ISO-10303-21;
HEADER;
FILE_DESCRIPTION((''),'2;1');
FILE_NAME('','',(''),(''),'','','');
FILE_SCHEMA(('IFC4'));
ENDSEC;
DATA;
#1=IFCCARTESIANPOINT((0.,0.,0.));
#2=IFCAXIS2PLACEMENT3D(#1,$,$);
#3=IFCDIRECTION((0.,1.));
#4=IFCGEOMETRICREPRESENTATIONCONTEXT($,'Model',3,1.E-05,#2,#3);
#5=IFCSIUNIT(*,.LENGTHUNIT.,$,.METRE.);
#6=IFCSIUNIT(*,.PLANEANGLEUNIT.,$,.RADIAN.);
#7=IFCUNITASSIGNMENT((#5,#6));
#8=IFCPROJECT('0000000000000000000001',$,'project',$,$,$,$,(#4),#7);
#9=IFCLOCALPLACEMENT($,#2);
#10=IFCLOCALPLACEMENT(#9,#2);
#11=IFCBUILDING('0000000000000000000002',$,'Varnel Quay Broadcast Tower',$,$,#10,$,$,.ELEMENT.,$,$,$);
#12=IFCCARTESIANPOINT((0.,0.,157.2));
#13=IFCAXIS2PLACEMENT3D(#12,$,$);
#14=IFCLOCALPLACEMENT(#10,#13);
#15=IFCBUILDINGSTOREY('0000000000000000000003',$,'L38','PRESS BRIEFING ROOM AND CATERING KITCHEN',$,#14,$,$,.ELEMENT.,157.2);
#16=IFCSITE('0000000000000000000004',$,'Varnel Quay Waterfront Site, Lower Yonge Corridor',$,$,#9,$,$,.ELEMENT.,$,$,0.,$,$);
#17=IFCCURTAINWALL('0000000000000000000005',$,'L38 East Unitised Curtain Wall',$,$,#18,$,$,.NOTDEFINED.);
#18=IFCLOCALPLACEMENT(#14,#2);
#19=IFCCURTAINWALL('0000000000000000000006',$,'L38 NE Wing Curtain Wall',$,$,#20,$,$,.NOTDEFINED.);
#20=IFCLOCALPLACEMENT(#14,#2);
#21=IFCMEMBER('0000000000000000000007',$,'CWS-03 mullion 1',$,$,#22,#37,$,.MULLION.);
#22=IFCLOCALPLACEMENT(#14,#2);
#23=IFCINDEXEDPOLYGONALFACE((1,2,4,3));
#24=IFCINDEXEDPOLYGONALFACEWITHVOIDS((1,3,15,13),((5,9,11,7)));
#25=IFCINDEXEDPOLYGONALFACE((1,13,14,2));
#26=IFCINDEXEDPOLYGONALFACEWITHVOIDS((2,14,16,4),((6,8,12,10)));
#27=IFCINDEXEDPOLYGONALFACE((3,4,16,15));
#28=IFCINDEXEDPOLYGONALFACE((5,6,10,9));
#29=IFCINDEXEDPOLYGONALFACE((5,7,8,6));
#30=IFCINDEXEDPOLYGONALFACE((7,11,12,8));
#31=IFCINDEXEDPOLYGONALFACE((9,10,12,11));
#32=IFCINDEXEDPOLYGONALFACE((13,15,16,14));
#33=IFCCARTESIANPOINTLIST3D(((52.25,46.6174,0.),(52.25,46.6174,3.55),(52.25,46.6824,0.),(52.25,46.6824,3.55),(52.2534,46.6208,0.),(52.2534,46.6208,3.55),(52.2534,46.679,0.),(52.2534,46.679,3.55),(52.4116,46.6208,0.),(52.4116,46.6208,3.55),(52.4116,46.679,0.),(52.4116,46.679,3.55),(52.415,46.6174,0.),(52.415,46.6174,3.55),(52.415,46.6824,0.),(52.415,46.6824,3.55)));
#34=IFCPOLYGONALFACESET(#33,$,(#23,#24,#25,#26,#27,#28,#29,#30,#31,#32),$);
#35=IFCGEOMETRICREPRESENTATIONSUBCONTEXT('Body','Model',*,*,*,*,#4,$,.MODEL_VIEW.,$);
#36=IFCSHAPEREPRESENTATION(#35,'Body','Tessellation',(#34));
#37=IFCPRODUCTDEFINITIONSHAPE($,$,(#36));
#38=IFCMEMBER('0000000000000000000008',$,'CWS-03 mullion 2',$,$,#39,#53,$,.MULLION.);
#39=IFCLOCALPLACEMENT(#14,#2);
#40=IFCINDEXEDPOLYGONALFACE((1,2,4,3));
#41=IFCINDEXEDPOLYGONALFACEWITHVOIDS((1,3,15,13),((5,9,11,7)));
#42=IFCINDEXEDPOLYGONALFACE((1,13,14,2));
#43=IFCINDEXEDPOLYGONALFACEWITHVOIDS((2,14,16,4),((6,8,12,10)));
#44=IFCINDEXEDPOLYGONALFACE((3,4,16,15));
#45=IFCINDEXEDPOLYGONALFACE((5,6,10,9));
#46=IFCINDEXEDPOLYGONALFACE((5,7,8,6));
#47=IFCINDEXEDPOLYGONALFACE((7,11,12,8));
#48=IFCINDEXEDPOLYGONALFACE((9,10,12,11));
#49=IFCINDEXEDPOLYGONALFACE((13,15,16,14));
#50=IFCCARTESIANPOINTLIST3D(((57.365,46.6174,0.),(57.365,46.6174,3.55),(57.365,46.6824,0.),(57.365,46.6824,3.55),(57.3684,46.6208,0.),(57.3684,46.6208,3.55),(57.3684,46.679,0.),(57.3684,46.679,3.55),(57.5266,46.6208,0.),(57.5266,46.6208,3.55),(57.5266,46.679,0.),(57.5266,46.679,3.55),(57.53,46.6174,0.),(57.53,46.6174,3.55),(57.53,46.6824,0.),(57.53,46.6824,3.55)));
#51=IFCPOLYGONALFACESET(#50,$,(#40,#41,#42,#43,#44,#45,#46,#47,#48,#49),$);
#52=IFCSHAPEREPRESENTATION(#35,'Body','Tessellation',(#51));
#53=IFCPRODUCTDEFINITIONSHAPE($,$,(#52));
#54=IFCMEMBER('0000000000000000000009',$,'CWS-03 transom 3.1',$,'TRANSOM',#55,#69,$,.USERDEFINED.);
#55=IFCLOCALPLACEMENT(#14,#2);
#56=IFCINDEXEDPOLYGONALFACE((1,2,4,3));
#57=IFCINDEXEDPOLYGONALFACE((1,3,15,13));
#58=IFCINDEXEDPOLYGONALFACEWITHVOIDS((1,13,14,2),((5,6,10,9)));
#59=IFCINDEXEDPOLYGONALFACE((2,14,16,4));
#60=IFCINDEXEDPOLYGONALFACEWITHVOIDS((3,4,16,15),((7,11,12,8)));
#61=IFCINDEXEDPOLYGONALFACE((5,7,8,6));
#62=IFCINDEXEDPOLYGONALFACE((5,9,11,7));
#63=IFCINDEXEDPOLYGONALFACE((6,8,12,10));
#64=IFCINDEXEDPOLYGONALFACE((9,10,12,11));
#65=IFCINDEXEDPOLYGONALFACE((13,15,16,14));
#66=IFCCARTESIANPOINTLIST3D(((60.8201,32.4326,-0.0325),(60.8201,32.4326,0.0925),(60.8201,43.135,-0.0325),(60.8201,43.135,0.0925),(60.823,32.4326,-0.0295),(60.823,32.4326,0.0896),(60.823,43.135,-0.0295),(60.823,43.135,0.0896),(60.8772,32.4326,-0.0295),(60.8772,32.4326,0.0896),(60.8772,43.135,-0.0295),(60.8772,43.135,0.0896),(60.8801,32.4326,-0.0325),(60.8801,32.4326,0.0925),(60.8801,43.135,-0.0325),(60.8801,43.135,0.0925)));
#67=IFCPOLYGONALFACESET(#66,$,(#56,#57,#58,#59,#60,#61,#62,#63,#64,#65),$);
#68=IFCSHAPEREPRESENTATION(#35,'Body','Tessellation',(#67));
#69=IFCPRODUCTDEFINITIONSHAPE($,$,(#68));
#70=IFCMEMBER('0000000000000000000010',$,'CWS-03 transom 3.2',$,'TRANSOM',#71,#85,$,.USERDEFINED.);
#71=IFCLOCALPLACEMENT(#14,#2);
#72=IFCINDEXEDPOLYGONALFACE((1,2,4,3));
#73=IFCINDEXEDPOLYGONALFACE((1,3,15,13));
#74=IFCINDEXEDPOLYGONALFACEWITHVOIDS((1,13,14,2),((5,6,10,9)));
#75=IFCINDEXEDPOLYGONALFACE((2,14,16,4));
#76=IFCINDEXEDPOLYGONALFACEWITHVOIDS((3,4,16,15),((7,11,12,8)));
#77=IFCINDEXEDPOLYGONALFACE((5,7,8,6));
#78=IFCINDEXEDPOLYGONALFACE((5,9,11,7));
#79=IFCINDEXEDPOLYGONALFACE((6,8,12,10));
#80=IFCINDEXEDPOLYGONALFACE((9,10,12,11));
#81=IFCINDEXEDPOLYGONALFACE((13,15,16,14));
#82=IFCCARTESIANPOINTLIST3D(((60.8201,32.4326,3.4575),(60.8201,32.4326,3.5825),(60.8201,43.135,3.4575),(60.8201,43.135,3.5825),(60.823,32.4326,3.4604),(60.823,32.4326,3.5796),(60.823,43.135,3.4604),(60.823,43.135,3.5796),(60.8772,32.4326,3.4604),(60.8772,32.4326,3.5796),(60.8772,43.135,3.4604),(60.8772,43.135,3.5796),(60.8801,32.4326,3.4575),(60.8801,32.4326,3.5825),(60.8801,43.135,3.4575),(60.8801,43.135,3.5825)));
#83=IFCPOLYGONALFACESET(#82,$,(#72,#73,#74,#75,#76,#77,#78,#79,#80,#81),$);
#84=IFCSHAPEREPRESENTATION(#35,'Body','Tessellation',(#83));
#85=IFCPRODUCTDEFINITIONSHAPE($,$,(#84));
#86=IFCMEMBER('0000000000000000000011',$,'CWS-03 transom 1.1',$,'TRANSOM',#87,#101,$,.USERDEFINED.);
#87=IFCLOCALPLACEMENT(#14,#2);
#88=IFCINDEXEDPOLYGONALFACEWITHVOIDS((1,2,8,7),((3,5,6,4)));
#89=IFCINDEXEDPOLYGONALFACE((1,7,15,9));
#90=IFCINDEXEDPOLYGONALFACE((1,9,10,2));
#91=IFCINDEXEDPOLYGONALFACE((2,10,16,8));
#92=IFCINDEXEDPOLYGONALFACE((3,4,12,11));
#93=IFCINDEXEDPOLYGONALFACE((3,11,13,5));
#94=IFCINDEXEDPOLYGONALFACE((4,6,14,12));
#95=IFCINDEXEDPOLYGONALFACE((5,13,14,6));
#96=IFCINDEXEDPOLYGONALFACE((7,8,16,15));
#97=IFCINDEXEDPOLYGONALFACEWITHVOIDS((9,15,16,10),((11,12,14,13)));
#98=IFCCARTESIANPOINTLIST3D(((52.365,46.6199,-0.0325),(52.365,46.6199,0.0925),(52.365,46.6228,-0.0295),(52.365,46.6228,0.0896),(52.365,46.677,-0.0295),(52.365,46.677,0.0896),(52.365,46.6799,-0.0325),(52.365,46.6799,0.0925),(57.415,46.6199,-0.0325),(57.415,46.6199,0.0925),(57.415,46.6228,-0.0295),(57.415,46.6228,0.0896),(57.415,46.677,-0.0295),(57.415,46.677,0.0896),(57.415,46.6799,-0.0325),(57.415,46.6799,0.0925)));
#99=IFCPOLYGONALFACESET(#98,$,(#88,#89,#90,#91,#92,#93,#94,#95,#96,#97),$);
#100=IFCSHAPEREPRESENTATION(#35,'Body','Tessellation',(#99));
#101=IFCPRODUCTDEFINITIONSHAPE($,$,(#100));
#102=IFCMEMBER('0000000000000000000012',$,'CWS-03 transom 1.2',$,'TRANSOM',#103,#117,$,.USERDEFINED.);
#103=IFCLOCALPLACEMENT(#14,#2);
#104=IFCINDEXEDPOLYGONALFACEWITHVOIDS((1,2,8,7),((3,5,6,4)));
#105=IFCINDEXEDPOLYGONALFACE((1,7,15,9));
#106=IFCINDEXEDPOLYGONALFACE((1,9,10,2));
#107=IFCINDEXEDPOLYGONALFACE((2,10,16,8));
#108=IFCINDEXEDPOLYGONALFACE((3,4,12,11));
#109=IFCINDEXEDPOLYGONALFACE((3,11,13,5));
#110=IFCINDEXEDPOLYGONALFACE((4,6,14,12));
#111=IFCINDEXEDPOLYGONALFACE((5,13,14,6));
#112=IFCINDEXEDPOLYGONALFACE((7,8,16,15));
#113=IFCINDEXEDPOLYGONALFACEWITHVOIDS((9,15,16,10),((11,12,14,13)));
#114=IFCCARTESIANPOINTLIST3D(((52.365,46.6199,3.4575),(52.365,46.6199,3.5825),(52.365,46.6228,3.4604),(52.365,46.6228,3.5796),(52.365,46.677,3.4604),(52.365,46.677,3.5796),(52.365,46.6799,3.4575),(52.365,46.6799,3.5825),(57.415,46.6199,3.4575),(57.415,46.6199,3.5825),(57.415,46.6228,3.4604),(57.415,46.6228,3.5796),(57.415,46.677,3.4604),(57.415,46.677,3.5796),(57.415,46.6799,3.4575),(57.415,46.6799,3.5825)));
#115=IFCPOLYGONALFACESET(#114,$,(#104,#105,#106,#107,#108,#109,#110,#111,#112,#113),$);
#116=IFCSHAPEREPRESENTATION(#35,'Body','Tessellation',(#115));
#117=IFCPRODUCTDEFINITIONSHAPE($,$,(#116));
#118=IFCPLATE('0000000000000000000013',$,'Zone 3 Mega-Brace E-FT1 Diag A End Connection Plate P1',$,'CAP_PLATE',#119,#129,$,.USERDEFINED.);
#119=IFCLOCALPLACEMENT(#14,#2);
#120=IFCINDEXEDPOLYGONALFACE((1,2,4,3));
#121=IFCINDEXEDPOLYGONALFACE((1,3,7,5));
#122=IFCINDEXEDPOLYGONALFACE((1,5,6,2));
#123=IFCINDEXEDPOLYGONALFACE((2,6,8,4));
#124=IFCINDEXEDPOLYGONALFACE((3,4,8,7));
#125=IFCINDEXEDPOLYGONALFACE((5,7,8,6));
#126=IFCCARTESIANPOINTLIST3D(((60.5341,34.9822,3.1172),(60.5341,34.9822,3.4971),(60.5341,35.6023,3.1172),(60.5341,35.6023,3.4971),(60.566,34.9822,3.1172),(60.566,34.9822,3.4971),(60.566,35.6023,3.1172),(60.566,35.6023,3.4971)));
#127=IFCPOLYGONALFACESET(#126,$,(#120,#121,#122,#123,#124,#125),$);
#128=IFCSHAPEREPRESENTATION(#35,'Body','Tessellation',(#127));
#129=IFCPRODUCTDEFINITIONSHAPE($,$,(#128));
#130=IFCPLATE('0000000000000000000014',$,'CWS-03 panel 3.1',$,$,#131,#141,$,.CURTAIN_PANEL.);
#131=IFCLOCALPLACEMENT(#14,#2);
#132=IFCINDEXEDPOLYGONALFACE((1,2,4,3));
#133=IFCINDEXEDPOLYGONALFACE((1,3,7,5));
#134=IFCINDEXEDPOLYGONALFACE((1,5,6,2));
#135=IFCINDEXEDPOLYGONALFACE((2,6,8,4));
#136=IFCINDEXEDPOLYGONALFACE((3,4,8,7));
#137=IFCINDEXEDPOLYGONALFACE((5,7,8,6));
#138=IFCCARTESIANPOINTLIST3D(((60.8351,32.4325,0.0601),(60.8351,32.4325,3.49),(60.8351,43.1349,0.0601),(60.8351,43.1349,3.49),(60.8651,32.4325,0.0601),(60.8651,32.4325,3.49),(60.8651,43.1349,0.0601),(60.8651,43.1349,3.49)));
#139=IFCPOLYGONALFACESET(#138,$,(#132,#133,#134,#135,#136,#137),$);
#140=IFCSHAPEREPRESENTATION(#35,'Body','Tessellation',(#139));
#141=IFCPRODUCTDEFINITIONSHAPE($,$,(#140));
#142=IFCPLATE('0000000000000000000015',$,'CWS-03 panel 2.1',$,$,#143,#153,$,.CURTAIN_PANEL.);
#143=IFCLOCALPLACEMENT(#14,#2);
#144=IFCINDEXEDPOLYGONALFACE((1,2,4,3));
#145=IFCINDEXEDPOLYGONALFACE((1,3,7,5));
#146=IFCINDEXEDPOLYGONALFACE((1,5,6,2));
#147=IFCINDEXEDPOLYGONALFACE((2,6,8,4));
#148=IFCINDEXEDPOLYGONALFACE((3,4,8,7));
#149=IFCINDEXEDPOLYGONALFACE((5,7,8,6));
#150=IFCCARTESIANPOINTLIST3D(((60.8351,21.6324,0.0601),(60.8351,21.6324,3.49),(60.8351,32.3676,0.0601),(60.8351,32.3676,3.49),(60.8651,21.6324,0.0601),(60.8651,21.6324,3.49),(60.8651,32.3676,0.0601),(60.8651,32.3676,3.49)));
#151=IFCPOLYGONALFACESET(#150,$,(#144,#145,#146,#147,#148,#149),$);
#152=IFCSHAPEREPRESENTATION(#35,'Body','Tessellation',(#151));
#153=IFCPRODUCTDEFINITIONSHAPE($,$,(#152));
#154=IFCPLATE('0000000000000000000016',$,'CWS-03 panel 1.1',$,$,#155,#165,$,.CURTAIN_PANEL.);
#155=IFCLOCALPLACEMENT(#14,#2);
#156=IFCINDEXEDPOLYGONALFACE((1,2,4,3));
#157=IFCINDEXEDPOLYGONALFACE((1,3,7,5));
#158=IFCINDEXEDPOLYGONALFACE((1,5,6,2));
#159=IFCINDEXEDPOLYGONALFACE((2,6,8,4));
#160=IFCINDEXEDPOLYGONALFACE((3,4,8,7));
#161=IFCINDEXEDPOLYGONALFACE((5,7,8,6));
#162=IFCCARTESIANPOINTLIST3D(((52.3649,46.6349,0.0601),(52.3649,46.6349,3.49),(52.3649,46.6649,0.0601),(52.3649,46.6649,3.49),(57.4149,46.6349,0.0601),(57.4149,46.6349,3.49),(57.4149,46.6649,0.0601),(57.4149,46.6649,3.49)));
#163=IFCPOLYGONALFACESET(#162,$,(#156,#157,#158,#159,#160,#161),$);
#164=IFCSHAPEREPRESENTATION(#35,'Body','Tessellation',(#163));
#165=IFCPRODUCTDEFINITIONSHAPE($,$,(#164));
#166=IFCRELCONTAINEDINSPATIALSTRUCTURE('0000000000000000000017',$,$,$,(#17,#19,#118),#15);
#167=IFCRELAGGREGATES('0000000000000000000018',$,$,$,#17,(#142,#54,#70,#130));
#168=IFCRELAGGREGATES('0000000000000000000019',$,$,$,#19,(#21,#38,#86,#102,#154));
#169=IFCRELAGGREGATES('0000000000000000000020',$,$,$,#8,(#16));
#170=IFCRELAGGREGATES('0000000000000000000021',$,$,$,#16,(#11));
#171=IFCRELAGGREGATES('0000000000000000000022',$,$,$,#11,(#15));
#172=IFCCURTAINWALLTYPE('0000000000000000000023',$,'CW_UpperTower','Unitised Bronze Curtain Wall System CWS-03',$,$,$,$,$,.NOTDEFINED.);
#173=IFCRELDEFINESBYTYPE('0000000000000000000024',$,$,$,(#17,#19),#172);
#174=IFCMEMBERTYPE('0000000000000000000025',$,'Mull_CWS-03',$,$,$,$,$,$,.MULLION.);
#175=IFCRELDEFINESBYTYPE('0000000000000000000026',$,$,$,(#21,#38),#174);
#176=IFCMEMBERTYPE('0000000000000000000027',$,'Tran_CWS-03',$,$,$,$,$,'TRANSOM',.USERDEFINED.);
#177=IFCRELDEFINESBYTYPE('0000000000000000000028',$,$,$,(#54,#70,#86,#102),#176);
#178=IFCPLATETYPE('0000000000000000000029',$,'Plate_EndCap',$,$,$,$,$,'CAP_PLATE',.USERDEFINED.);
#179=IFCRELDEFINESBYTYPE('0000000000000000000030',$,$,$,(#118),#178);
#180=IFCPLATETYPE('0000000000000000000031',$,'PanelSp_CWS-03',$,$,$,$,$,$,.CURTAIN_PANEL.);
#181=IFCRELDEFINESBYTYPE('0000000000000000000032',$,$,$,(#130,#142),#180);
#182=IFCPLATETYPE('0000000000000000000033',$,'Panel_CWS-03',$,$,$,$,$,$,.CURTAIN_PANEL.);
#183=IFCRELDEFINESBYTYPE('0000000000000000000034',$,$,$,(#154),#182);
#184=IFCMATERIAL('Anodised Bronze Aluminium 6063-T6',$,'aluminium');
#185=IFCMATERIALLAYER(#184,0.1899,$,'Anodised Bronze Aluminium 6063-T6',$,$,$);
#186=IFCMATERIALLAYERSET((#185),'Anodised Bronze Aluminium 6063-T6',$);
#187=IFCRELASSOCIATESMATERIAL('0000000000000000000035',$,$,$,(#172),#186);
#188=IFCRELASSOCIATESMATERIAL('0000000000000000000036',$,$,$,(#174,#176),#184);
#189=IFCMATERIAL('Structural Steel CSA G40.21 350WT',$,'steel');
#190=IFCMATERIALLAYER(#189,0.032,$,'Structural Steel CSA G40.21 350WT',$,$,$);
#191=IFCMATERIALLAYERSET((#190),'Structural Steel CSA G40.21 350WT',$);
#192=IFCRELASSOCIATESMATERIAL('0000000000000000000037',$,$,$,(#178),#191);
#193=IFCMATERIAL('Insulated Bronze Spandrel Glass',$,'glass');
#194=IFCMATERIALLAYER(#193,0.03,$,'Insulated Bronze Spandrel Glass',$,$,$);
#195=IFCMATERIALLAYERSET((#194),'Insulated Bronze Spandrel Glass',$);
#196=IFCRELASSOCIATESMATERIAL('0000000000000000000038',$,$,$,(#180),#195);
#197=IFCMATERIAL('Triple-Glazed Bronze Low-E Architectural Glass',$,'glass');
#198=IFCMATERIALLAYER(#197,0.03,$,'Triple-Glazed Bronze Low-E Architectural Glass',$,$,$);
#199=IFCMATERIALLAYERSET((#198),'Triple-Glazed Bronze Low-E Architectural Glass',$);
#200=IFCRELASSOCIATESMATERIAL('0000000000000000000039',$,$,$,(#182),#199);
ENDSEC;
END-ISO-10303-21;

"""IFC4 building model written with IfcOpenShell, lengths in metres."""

from ifc_helpers import new_model, si_unit, direction, frame, origin, origin_2d, place, context, subcontext, project, spatial, rectangle, hollow_rectangle, extrude, source, transform, mapped, material, layer, layer_set, material_profile, profile_set, type_object, type_shapes, element, aggregate, save


model = new_model("IFC4")

# Units and contexts
model_context = context("Model", 3, precision=1e-05, world=origin(), true_north=direction((0.0, 1.0)))
body_context = subcontext(model_context, "Body", "Model", "MODEL_VIEW")
ifc_project = project(units=[si_unit("LENGTHUNIT", "METRE"), si_unit("PLANEANGLEUNIT", "RADIAN")], contexts=[model_context])

# Site, building, storey
site_placement = place(None, origin())
site = spatial("IfcSite", under=ifc_project, at=site_placement, Name="Varnel Quay Waterfront Site, Lower Yonge Corridor", CompositionType="ELEMENT", RefElevation=0.0)
building_placement = place(site_placement, origin())
building = spatial("IfcBuilding", under=site, at=building_placement, Name="Varnel Quay Broadcast Tower", CompositionType="ELEMENT")
storey_placement = place(building_placement, frame((0.0, 0.0, 157.2)))
storey = spatial("IfcBuildingStorey", under=building, at=storey_placement, Name="L38", Description="PRESS BRIEFING ROOM AND CATERING KITCHEN", CompositionType="ELEMENT", Elevation=157.2)

# Shared definitions
ifc_material_1 = material(Name="Structural Steel CSA G40.21 350WT", Category="steel")

# Curtain walls, members
ifc_material_2 = material(Name="Anodised Bronze Aluminium 6063-T6", Category="aluminium")
ifc_layer_1 = layer(ifc_material_2, 0.1899, Name="Anodised Bronze Aluminium 6063-T6")
ifc_layer_set_1 = layer_set([ifc_layer_1], Name="Anodised Bronze Aluminium 6063-T6")
curtain_wall_type = type_object("IfcCurtainWallType", Name="CW_UpperTower", Description="Unitised Bronze Curtain Wall System CWS-03", PredefinedType="NOTDEFINED", material=ifc_layer_set_1)
curtain_wall_1_placement = place(storey_placement, origin())
curtain_wall_1 = element("IfcCurtainWall", 1, at=curtain_wall_1_placement, inside=storey, type_object=curtain_wall_type, Name="L38 East Unitised Curtain Wall", PredefinedType="NOTDEFINED")
ifc_material_profile_1 = material_profile(ifc_material_2, hollow_rectangle(XDim=0.0649, YDim=0.165, WallThickness=0.0034, at=origin_2d()), Name="ALU65X165X3.5")
ifc_profile_set_1 = profile_set([ifc_material_profile_1], Name="Anodised Bronze Aluminium 6063-T6")
member_type_1 = type_object("IfcMemberType", Name="Mull_CWS-03", PredefinedType="MULLION", material=ifc_profile_set_1)
shared_shape_1 = source(origin(), body_context, "Body", "SweptSolid", [
    extrude(hollow_rectangle(XDim=0.0649, YDim=0.165, WallThickness=0.0034, at=origin_2d()), origin(), (0.0, 0.0, 1.0), 3.55),
])
type_shapes(member_type_1, [shared_shape_1])
curtain_wall_2_placement = place(storey_placement, origin())
curtain_wall_2 = element("IfcCurtainWall", 2, at=curtain_wall_2_placement, inside=storey, type_object=curtain_wall_type, Name="L38 NE Wing Curtain Wall", PredefinedType="NOTDEFINED")
member_1_placement = place(storey_placement, frame((52.3325, 46.6499, 0.0), z_axis=(0.0, 0.0, 1.0), x_axis=(0.0, 1.0, 0.0)))
member_1 = element("IfcMember", 3, at=member_1_placement, type_object=member_type_1, Name="CWS-03 mullion 1", PredefinedType="MULLION", context=body_context, shape_type="MappedRepresentation", body=[
    mapped(shared_shape_1, transform((0.0, 0.0, 0.0), x_axis=(1.0, 0.0, 0.0), y_axis=(0.0, 1.0, 0.0), z_axis=(0.0, 0.0, 1.0), scale=1.0)),
])
member_2_placement = place(storey_placement, frame((57.4475, 46.6499, 0.0), z_axis=(0.0, 0.0, 1.0), x_axis=(0.0, 1.0, 0.0)))
member_2 = element("IfcMember", 4, at=member_2_placement, type_object=member_type_1, Name="CWS-03 mullion 2", PredefinedType="MULLION", context=body_context, shape_type="MappedRepresentation", body=[
    mapped(shared_shape_1, transform((0.0, 0.0, 0.0), x_axis=(1.0, 0.0, 0.0), y_axis=(0.0, 1.0, 0.0), z_axis=(0.0, 0.0, 1.0), scale=1.0)),
])

# Members
ifc_material_profile_2 = material_profile(ifc_material_2, hollow_rectangle(XDim=0.0601, YDim=0.125, WallThickness=0.0029, at=origin_2d()), Name="ALU60X125X3")
ifc_profile_set_2 = profile_set([ifc_material_profile_2], Name="Anodised Bronze Aluminium 6063-T6")
member_type_2 = type_object("IfcMemberType", Name="Tran_CWS-03", ElementType="TRANSOM", PredefinedType="USERDEFINED", material=ifc_profile_set_2)
shared_shape_2 = source(origin(), body_context, "Body", "SweptSolid", [
    extrude(hollow_rectangle(XDim=0.0601, YDim=0.125, WallThickness=0.0029, at=origin_2d()), origin(), (0.0, 0.0, 1.0), 10.7024),
])
member_3_placement = place(storey_placement, frame((60.8501, 32.4326, 0.03), z_axis=(0.0, 1.0, 0.0), x_axis=(-1.0, 0.0, 0.0)))
member_3 = element("IfcMember", 5, at=member_3_placement, type_object=member_type_2, Name="CWS-03 transom 3.1", ObjectType="TRANSOM", PredefinedType="USERDEFINED", context=body_context, shape_type="MappedRepresentation", body=[
    mapped(shared_shape_2, transform((0.0, 0.0, 0.0), x_axis=(1.0, 0.0, 0.0), y_axis=(0.0, 1.0, 0.0), z_axis=(0.0, 0.0, 1.0), scale=1.0)),
])
member_4_placement = place(storey_placement, frame((60.8501, 32.4326, 3.52), z_axis=(0.0, 1.0, 0.0), x_axis=(-1.0, 0.0, 0.0)))
member_4 = element("IfcMember", 6, at=member_4_placement, type_object=member_type_2, Name="CWS-03 transom 3.2", ObjectType="TRANSOM", PredefinedType="USERDEFINED", context=body_context, shape_type="MappedRepresentation", body=[
    mapped(shared_shape_2, transform((0.0, 0.0, 0.0), x_axis=(1.0, 0.0, 0.0), y_axis=(0.0, 1.0, 0.0), z_axis=(0.0, 0.0, 1.0), scale=1.0)),
])
shared_shape_3 = source(origin(), body_context, "Body", "SweptSolid", [
    extrude(hollow_rectangle(XDim=0.0601, YDim=0.125, WallThickness=0.0029, at=origin_2d()), origin(), (0.0, 0.0, 1.0), 5.05),
])
type_shapes(member_type_2, [shared_shape_2, shared_shape_3])
member_5_placement = place(storey_placement, frame((52.365, 46.6499, 0.03), z_axis=(1.0, 0.0, 0.0), x_axis=(0.0, 1.0, 0.0)))
member_5 = element("IfcMember", 7, at=member_5_placement, type_object=member_type_2, Name="CWS-03 transom 1.1", ObjectType="TRANSOM", PredefinedType="USERDEFINED", context=body_context, shape_type="MappedRepresentation", body=[
    mapped(shared_shape_3, transform((0.0, 0.0, 0.0), x_axis=(1.0, 0.0, 0.0), y_axis=(0.0, 1.0, 0.0), z_axis=(0.0, 0.0, 1.0), scale=1.0)),
])
member_6_placement = place(storey_placement, frame((52.365, 46.6499, 3.52), z_axis=(1.0, 0.0, 0.0), x_axis=(0.0, 1.0, 0.0)))
member_6 = element("IfcMember", 8, at=member_6_placement, type_object=member_type_2, Name="CWS-03 transom 1.2", ObjectType="TRANSOM", PredefinedType="USERDEFINED", context=body_context, shape_type="MappedRepresentation", body=[
    mapped(shared_shape_3, transform((0.0, 0.0, 0.0), x_axis=(1.0, 0.0, 0.0), y_axis=(0.0, 1.0, 0.0), z_axis=(0.0, 0.0, 1.0), scale=1.0)),
])

# Plates
ifc_layer_2 = layer(ifc_material_1, 0.032, Name="Structural Steel CSA G40.21 350WT")
ifc_layer_set_2 = layer_set([ifc_layer_2], Name="Structural Steel CSA G40.21 350WT")
plate_type_1 = type_object("IfcPlateType", Name="Plate_EndCap", ElementType="CAP_PLATE", PredefinedType="USERDEFINED", material=ifc_layer_set_2)
shared_shape_4 = source(origin(), body_context, "Body", "SweptSolid", [
    extrude(rectangle(XDim=0.6201, YDim=0.032, at=origin_2d()), origin(), (0.0, 0.0, 1.0), 0.3799),
])
type_shapes(plate_type_1, [shared_shape_4])
plate_1_placement = place(storey_placement, frame((60.55, 35.2922, 3.1172), z_axis=(0.0, 0.0, 1.0), x_axis=(0.0, 1.0, 0.0)))
element("IfcPlate", 9, at=plate_1_placement, inside=storey, type_object=plate_type_1, Name="Zone 3 Mega-Brace E-FT1 Diag A End Connection Plate P1", ObjectType="CAP_PLATE", PredefinedType="USERDEFINED", context=body_context, shape_type="MappedRepresentation", body=[
    mapped(shared_shape_4, transform((0.0, 0.0, 0.0), x_axis=(1.0, 0.0, 0.0), y_axis=(0.0, 1.0, 0.0), z_axis=(0.0, 0.0, 1.0), scale=1.0)),
])
ifc_material_3 = material(Name="Insulated Bronze Spandrel Glass", Category="glass")
ifc_layer_3 = layer(ifc_material_3, 0.03, Name="Insulated Bronze Spandrel Glass")
ifc_layer_set_3 = layer_set([ifc_layer_3], Name="Insulated Bronze Spandrel Glass")
plate_type_2 = type_object("IfcPlateType", Name="PanelSp_CWS-03", PredefinedType="CURTAIN_PANEL", material=ifc_layer_set_3)
shared_shape_5 = source(origin(), body_context, "Body", "SweptSolid", [
    extrude(rectangle(XDim=10.7024, YDim=0.03, at=origin_2d()), origin(), (0.0, 0.0, 1.0), 3.4299),
])
plate_2_placement = place(storey_placement, frame((60.8501, 37.7837, 0.0601), z_axis=(0.0, 0.0, 1.0), x_axis=(0.0, 1.0, 0.0)))
plate_2 = element("IfcPlate", 10, at=plate_2_placement, type_object=plate_type_2, Name="CWS-03 panel 3.1", PredefinedType="CURTAIN_PANEL", context=body_context, shape_type="MappedRepresentation", body=[
    mapped(shared_shape_5, transform((0.0, 0.0, 0.0), x_axis=(1.0, 0.0, 0.0), y_axis=(0.0, 1.0, 0.0), z_axis=(0.0, 0.0, 1.0), scale=1.0)),
])
shared_shape_6 = source(origin(), body_context, "Body", "SweptSolid", [
    extrude(rectangle(XDim=10.7351, YDim=0.03, at=origin_2d()), origin(), (0.0, 0.0, 1.0), 3.4299),
])
type_shapes(plate_type_2, [shared_shape_5, shared_shape_6])
plate_3_placement = place(storey_placement, frame((60.8501, 27.0, 0.0601), z_axis=(0.0, 0.0, 1.0), x_axis=(0.0, 1.0, 0.0)))
plate_3 = element("IfcPlate", 11, at=plate_3_placement, type_object=plate_type_2, Name="CWS-03 panel 2.1", PredefinedType="CURTAIN_PANEL", context=body_context, shape_type="MappedRepresentation", body=[
    mapped(shared_shape_6, transform((0.0, 0.0, 0.0), x_axis=(1.0, 0.0, 0.0), y_axis=(0.0, 1.0, 0.0), z_axis=(0.0, 0.0, 1.0), scale=1.0)),
])
aggregate(curtain_wall_1, [plate_3, member_3, member_4, plate_2])
ifc_material_4 = material(Name="Triple-Glazed Bronze Low-E Architectural Glass", Category="glass")
ifc_layer_4 = layer(ifc_material_4, 0.03, Name="Triple-Glazed Bronze Low-E Architectural Glass")
ifc_layer_set_4 = layer_set([ifc_layer_4], Name="Triple-Glazed Bronze Low-E Architectural Glass")
plate_type_3 = type_object("IfcPlateType", Name="Panel_CWS-03", PredefinedType="CURTAIN_PANEL", material=ifc_layer_set_4)
shared_shape_7 = source(origin(), body_context, "Body", "SweptSolid", [
    extrude(rectangle(XDim=5.05, YDim=0.03, at=origin_2d()), origin(), (0.0, 0.0, 1.0), 3.4299),
])
type_shapes(plate_type_3, [shared_shape_7])
plate_4_placement = place(storey_placement, frame((54.8899, 46.6499, 0.0601), z_axis=(0.0, 0.0, 1.0), x_axis=(1.0, 0.0, 0.0)))
plate_4 = element("IfcPlate", 12, at=plate_4_placement, type_object=plate_type_3, Name="CWS-03 panel 1.1", PredefinedType="CURTAIN_PANEL", context=body_context, shape_type="MappedRepresentation", body=[
    mapped(shared_shape_7, transform((0.0, 0.0, 0.0), x_axis=(1.0, 0.0, 0.0), y_axis=(0.0, 1.0, 0.0), z_axis=(0.0, 0.0, 1.0), scale=1.0)),
])
aggregate(curtain_wall_2, [member_1, member_2, member_5, member_6, plate_4])

save(model, "model.ifc")
